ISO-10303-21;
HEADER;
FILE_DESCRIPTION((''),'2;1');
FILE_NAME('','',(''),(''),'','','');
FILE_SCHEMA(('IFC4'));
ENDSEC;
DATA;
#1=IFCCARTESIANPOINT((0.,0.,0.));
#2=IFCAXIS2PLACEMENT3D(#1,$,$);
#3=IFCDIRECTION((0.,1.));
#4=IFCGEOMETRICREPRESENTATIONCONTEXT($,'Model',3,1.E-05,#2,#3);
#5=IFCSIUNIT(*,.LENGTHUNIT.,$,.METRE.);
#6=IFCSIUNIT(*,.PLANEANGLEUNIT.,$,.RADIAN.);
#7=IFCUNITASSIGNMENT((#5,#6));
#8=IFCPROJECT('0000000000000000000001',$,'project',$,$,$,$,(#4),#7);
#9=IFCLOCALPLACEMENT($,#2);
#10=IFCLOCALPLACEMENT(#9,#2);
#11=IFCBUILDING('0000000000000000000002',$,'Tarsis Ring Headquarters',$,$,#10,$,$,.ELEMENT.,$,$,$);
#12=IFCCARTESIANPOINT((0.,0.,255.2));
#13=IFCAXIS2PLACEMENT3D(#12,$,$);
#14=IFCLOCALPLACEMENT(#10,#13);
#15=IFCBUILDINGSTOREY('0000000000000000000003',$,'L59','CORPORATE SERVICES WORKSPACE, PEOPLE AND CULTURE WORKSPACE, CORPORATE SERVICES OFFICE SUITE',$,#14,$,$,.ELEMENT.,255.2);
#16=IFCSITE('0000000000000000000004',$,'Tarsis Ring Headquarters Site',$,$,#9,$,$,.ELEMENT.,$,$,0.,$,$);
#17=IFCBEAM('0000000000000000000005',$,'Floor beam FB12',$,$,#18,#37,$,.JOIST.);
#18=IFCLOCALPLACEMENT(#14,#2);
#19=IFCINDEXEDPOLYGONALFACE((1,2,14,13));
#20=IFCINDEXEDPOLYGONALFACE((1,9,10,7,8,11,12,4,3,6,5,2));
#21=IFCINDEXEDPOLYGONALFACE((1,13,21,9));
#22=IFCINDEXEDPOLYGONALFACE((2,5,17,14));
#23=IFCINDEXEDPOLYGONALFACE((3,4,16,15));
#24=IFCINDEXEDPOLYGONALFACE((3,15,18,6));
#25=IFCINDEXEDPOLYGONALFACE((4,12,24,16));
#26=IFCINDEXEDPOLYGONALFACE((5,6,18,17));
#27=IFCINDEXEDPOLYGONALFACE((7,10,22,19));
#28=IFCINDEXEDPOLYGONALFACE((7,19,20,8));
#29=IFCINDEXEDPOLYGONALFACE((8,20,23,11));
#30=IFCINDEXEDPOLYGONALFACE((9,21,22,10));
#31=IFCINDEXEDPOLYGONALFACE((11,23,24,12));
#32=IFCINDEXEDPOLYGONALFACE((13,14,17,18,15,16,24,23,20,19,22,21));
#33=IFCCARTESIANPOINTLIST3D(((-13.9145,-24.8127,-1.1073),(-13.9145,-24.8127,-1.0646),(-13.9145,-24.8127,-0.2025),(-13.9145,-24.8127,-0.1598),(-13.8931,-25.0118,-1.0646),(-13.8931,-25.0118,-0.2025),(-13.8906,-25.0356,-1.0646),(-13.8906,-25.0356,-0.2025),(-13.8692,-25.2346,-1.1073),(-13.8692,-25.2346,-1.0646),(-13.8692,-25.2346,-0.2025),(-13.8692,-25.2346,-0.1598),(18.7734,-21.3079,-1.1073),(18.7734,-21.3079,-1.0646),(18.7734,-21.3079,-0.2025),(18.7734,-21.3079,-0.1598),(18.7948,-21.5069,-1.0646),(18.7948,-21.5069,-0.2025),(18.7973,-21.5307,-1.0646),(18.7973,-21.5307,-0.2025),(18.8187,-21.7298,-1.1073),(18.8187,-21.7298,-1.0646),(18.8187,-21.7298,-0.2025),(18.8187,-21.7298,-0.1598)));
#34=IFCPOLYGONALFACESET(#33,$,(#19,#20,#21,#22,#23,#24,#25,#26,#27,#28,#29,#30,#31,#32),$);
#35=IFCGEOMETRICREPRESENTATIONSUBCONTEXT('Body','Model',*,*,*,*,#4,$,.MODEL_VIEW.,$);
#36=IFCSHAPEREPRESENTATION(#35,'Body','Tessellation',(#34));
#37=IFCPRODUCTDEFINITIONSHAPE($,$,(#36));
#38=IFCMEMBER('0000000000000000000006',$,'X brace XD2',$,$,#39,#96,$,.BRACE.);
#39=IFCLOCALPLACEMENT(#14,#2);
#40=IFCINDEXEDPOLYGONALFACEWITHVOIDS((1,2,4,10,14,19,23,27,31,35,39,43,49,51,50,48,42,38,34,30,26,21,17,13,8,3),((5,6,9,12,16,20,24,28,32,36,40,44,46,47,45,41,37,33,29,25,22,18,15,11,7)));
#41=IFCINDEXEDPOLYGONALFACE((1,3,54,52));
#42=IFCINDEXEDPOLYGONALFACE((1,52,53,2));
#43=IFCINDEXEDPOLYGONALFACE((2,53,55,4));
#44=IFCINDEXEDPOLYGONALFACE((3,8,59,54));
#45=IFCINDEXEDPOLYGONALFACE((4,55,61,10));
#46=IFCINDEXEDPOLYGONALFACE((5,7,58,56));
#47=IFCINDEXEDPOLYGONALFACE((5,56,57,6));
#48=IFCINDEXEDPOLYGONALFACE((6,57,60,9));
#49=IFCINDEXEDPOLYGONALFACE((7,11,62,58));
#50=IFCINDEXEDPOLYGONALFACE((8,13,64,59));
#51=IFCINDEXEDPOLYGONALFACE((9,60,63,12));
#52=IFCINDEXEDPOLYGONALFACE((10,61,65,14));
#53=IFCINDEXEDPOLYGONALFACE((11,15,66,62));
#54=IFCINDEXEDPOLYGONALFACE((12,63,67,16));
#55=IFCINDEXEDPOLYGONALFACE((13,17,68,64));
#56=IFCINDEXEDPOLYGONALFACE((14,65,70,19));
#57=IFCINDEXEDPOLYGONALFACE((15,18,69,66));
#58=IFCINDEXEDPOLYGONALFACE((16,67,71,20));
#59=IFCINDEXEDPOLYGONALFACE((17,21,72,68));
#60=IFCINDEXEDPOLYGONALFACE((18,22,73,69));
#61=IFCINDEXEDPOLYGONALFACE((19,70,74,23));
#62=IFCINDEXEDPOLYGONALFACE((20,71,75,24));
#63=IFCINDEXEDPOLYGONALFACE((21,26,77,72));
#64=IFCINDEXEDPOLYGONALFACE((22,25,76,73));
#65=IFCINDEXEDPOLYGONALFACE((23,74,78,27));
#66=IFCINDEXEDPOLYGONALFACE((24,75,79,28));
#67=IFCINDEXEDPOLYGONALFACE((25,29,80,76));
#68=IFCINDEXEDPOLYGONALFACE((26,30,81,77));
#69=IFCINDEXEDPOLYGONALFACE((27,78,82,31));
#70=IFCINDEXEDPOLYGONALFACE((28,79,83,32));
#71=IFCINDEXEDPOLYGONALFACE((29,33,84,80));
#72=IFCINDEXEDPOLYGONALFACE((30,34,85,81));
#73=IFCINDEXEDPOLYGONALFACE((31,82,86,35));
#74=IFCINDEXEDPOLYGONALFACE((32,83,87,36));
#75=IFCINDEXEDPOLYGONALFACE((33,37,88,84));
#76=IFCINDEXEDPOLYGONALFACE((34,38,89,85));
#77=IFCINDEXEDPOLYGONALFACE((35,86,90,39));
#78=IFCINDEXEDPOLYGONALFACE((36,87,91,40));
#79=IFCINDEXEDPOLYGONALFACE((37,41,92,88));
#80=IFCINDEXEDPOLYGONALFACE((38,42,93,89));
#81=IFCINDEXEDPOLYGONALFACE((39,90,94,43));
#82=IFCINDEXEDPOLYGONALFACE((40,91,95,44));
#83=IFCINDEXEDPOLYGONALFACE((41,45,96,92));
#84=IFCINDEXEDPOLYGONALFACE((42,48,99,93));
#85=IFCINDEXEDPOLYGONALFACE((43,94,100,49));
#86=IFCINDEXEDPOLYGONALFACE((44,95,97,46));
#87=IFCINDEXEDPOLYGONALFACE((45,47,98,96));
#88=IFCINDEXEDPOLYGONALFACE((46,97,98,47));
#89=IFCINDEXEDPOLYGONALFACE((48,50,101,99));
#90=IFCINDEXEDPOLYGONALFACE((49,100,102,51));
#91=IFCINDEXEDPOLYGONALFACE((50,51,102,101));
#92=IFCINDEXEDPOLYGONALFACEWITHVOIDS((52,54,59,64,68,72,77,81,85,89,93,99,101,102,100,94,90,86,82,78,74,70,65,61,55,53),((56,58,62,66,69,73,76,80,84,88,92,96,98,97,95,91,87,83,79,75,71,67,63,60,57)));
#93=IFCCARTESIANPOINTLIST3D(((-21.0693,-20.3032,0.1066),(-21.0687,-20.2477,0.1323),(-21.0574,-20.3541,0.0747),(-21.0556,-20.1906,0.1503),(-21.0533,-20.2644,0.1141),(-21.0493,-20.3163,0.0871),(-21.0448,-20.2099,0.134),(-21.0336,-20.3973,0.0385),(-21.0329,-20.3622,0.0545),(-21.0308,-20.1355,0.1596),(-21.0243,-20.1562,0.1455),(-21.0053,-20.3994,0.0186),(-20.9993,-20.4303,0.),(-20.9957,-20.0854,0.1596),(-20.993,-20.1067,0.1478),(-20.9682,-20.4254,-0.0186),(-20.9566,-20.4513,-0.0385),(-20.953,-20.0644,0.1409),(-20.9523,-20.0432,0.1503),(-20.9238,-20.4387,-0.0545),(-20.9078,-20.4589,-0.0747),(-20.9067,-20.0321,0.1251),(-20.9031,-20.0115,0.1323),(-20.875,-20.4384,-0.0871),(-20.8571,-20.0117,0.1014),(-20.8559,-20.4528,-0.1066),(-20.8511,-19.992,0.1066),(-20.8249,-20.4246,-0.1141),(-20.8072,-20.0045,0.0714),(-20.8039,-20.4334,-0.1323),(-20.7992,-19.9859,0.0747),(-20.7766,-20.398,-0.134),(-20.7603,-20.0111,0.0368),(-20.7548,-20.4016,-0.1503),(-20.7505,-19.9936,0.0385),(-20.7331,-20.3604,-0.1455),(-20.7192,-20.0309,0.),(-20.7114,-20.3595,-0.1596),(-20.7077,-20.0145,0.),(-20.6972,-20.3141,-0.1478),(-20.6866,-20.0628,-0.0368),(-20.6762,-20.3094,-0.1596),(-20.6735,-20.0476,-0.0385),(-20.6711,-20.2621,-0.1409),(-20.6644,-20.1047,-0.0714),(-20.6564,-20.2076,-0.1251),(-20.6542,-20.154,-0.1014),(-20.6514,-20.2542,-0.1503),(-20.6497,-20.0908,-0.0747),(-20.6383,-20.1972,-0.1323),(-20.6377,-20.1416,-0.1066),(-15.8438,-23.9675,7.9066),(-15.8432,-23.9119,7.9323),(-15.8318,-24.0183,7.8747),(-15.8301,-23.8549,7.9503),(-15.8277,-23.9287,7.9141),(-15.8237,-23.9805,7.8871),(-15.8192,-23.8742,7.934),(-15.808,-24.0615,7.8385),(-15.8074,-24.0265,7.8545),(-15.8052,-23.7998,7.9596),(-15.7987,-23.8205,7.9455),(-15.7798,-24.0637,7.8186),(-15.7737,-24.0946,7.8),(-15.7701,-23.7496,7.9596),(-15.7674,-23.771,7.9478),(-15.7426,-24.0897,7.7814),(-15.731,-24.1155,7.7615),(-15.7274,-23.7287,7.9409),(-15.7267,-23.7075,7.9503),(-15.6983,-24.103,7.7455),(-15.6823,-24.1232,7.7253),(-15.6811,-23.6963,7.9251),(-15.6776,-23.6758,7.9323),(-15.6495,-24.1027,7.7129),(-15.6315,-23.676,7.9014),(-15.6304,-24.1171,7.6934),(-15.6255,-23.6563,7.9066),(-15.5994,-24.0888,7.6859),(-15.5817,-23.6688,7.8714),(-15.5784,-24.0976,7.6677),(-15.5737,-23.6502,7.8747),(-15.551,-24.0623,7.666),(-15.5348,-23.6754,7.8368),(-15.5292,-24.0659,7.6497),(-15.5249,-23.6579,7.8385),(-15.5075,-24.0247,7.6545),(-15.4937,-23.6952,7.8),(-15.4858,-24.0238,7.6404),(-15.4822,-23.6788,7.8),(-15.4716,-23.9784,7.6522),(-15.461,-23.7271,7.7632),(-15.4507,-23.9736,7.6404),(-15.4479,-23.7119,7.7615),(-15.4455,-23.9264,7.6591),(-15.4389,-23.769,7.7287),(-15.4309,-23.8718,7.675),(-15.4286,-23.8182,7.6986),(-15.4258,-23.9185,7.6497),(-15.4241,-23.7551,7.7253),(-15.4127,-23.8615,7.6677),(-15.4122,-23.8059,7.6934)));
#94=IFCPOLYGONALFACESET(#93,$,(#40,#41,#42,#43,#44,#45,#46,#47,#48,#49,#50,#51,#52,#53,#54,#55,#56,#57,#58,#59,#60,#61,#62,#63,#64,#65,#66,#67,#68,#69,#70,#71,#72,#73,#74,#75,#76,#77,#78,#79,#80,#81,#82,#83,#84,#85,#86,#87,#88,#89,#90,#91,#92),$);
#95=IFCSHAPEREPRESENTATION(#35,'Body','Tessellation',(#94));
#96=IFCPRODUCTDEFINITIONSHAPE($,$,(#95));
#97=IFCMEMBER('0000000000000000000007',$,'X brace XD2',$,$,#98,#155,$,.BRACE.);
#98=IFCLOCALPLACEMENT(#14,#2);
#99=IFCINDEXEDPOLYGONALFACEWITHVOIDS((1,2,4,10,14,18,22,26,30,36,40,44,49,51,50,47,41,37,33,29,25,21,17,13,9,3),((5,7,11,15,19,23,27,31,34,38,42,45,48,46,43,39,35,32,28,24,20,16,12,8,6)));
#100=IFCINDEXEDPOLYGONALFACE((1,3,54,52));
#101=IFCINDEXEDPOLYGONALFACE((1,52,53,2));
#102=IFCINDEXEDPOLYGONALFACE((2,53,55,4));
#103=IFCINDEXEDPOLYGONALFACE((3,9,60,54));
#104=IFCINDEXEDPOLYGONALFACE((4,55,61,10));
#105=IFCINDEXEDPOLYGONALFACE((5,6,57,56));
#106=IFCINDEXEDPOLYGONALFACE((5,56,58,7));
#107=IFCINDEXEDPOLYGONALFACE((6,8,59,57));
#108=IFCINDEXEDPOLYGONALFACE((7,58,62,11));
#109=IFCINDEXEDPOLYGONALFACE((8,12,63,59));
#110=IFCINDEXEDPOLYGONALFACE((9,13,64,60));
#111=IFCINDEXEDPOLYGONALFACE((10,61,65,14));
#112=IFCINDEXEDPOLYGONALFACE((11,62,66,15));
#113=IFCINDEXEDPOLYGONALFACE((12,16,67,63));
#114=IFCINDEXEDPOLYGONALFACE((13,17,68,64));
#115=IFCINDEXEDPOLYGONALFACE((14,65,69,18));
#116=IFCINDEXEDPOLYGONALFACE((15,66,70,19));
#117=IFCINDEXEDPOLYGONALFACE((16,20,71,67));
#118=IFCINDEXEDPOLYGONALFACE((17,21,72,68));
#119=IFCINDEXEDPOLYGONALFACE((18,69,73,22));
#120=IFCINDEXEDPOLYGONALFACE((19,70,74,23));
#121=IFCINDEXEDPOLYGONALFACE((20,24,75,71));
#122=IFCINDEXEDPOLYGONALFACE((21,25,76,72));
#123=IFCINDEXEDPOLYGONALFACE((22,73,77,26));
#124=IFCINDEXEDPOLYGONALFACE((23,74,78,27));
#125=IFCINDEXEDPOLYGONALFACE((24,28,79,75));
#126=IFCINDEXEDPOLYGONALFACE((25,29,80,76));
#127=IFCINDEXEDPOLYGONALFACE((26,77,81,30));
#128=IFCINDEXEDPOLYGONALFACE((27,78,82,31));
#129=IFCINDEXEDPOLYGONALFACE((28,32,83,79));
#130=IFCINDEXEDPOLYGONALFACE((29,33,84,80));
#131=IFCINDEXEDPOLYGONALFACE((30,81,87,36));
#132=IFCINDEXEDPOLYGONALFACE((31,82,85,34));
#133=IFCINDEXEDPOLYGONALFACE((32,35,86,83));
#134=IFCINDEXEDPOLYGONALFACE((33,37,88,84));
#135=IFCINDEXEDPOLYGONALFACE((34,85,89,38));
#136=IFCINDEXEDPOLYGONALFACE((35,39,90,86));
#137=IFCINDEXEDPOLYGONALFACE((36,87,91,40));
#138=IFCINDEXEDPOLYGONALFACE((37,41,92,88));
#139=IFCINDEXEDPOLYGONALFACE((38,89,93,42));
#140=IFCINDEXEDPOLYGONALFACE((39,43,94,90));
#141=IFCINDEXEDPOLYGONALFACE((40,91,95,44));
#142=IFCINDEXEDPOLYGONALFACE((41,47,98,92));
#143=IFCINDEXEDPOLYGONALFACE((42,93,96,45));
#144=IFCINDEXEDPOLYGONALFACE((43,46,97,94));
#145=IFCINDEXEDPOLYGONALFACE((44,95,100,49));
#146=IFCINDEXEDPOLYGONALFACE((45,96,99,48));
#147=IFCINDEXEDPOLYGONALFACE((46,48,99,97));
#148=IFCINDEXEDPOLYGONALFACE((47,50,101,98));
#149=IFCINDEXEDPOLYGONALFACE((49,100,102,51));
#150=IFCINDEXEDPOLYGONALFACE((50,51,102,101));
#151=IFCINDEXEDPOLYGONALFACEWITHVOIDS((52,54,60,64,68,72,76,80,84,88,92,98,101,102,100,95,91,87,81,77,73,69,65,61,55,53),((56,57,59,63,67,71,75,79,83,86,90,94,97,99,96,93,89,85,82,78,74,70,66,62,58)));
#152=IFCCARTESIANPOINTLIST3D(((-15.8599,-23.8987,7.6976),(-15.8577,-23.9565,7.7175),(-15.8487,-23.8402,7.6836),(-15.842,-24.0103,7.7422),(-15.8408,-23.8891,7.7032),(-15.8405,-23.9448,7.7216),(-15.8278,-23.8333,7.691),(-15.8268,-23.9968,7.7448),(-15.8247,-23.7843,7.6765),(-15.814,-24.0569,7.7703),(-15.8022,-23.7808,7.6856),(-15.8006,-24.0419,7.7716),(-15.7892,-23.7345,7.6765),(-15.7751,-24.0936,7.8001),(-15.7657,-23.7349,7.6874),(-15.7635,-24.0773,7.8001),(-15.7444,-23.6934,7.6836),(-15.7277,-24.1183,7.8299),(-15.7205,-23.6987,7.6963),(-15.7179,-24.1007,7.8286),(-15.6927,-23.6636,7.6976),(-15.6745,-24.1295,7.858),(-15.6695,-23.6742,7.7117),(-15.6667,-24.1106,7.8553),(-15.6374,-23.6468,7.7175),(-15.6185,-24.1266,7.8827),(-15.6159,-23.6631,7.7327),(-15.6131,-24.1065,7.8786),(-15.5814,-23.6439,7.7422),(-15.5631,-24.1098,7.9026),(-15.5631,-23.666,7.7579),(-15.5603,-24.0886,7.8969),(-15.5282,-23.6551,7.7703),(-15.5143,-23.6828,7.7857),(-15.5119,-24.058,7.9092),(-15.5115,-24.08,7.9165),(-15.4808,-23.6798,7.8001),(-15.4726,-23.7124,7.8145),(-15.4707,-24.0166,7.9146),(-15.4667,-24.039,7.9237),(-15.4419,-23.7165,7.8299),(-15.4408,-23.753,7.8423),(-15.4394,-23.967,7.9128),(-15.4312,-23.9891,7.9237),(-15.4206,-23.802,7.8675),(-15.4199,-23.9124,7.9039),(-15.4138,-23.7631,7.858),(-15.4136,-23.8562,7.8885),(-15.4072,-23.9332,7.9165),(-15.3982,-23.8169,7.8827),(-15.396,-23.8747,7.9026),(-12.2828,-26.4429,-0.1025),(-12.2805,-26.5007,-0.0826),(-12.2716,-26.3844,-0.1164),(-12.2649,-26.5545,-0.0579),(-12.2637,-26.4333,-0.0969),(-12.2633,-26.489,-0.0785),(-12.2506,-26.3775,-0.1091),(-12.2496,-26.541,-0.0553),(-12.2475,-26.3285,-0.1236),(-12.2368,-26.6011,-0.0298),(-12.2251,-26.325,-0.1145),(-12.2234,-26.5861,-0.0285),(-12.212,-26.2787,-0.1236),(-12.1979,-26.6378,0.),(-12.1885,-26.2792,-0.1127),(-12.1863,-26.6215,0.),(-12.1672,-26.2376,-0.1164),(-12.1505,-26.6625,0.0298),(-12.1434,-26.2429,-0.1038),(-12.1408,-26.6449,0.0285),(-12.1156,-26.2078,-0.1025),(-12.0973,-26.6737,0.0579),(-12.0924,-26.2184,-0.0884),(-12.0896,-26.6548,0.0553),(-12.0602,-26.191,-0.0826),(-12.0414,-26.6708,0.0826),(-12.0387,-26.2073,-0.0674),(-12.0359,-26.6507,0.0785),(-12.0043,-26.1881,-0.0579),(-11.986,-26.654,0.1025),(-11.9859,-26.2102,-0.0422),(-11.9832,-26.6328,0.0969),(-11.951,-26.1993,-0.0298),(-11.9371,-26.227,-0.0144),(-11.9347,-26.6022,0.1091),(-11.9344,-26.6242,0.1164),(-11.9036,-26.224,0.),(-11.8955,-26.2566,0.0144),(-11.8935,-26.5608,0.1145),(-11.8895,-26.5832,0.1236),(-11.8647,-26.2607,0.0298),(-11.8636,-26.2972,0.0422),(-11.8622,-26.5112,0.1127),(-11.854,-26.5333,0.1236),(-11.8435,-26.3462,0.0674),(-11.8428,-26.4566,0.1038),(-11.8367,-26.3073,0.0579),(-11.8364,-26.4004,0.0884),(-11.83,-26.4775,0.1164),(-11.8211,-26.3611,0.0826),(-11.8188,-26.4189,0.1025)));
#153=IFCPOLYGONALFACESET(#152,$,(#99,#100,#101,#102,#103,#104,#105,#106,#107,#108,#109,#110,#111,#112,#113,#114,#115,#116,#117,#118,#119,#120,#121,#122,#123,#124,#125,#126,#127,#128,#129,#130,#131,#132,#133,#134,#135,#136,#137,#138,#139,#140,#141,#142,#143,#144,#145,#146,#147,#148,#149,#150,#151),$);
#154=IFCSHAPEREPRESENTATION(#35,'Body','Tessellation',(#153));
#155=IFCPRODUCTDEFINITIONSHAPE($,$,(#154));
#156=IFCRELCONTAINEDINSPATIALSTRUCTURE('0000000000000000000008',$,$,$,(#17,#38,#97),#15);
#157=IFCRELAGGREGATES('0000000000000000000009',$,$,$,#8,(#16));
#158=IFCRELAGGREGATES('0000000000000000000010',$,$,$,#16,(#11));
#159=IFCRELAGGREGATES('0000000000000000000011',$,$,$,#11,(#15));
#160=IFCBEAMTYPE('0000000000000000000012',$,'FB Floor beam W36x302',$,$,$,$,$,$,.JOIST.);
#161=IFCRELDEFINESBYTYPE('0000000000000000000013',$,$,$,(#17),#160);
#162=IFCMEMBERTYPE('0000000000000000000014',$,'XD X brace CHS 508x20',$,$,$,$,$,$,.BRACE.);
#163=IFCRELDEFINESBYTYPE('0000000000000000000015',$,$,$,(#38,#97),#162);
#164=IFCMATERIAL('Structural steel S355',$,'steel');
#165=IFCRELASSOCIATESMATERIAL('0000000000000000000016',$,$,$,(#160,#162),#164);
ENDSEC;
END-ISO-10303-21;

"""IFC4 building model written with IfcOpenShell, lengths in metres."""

from ifc_helpers import new_model, si_unit, direction, frame, origin, origin_2d, place, context, subcontext, project, spatial, hollow_circle, i_section, extrude, material, material_profile, profile_set, type_object, element, save


model = new_model("IFC4")

# Units and contexts
model_context = context("Model", 3, precision=1e-05, world=origin(), true_north=direction((0.0, 1.0)))
body_context = subcontext(model_context, "Body", "Model", "MODEL_VIEW")
ifc_project = project(units=[si_unit("LENGTHUNIT", "METRE"), si_unit("PLANEANGLEUNIT", "RADIAN")], contexts=[model_context])

# Site, building, storey
site_placement = place(None, origin())
site = spatial("IfcSite", under=ifc_project, at=site_placement, Name="Tarsis Ring Headquarters Site", CompositionType="ELEMENT", RefElevation=0.0)
building_placement = place(site_placement, origin())
building = spatial("IfcBuilding", under=site, at=building_placement, Name="Tarsis Ring Headquarters", CompositionType="ELEMENT")
storey_placement = place(building_placement, frame((0.0, 0.0, 255.2)))
storey = spatial("IfcBuildingStorey", under=building, at=storey_placement, Name="L59", Description="CORPORATE SERVICES WORKSPACE, PEOPLE AND CULTURE WORKSPACE, CORPORATE SERVICES OFFICE SUITE", CompositionType="ELEMENT", Elevation=255.2)

# Shared definitions
ifc_material_1 = material(Name="Structural steel S355", Category="steel")

# Beam
ifc_material_profile_1 = material_profile(ifc_material_1, i_section(OverallWidth=0.4243, OverallDepth=0.9475, WebThickness=0.0239, FlangeThickness=0.0427, at=origin_2d()), Name="W36x302")
ifc_profile_set_1 = profile_set([ifc_material_profile_1], Name="Structural steel S355")
beam_type_1 = type_object("IfcBeamType", Name="FB Floor beam W36x302", PredefinedType="JOIST", material=ifc_profile_set_1)
beam_1_placement = place(storey_placement, frame((-13.8918, -25.0237, -0.6335), z_axis=(0.994301, 0.106611, 0.0), x_axis=(-0.106611, 0.994301, 0.0)))
element("IfcBeam", 1, at=beam_1_placement, inside=storey, type_object=beam_type_1, Name="Floor beam FB12", PredefinedType="JOIST", context=body_context, shape_type="SweptSolid", body=[
    extrude(i_section(OverallWidth=0.4243, OverallDepth=0.9475, WebThickness=0.0239, FlangeThickness=0.0427, at=origin_2d()), origin(), (0.0, 0.0, 1.0), 32.8752),
])

# Members
ifc_material_profile_2 = material_profile(ifc_material_1, hollow_circle(Radius=0.2539, WallThickness=0.02, at=origin_2d()), Name="CHS 508x20")
ifc_profile_set_2 = profile_set([ifc_material_profile_2], Name="Structural steel S355")
member_type = type_object("IfcMemberType", Name="XD X brace CHS 508x20", PredefinedType="BRACE", material=ifc_profile_set_2)
member_placement = place(storey_placement, frame((-20.8535, -20.2224, 0.0), z_axis=(0.518492, -0.363579, 0.773935), x_axis=(0.574135, 0.818761, 0.0)))
element("IfcMember", 2, at=member_placement, inside=storey, type_object=member_type, Name="X brace XD2", PredefinedType="BRACE", context=body_context, shape_type="SweptSolid", body=[
    extrude(hollow_circle(Radius=0.2539, WallThickness=0.02, at=origin_2d()), origin(), (0.0, 0.0, 1.0), 10.0784),
])
for number, where, z_axis, x_axis, name in (
    (3, (-12.0508, -26.4309, 0.0), (-0.399664, 0.284254, 0.871475), (-0.57959, -0.814908, 0.0), "X brace XD2"),
):
    element("IfcMember", number, at=place(storey_placement, frame(where, z_axis=z_axis, x_axis=x_axis)), inside=storey, type_object=member_type, Name=name, PredefinedType="BRACE", context=body_context, shape_type="SweptSolid", body=[
        extrude(hollow_circle(Radius=0.2539, WallThickness=0.02, at=origin_2d()), origin(), (0.0, 0.0, 1.0), 8.9504),
    ])

save(model, "model.ifc")
